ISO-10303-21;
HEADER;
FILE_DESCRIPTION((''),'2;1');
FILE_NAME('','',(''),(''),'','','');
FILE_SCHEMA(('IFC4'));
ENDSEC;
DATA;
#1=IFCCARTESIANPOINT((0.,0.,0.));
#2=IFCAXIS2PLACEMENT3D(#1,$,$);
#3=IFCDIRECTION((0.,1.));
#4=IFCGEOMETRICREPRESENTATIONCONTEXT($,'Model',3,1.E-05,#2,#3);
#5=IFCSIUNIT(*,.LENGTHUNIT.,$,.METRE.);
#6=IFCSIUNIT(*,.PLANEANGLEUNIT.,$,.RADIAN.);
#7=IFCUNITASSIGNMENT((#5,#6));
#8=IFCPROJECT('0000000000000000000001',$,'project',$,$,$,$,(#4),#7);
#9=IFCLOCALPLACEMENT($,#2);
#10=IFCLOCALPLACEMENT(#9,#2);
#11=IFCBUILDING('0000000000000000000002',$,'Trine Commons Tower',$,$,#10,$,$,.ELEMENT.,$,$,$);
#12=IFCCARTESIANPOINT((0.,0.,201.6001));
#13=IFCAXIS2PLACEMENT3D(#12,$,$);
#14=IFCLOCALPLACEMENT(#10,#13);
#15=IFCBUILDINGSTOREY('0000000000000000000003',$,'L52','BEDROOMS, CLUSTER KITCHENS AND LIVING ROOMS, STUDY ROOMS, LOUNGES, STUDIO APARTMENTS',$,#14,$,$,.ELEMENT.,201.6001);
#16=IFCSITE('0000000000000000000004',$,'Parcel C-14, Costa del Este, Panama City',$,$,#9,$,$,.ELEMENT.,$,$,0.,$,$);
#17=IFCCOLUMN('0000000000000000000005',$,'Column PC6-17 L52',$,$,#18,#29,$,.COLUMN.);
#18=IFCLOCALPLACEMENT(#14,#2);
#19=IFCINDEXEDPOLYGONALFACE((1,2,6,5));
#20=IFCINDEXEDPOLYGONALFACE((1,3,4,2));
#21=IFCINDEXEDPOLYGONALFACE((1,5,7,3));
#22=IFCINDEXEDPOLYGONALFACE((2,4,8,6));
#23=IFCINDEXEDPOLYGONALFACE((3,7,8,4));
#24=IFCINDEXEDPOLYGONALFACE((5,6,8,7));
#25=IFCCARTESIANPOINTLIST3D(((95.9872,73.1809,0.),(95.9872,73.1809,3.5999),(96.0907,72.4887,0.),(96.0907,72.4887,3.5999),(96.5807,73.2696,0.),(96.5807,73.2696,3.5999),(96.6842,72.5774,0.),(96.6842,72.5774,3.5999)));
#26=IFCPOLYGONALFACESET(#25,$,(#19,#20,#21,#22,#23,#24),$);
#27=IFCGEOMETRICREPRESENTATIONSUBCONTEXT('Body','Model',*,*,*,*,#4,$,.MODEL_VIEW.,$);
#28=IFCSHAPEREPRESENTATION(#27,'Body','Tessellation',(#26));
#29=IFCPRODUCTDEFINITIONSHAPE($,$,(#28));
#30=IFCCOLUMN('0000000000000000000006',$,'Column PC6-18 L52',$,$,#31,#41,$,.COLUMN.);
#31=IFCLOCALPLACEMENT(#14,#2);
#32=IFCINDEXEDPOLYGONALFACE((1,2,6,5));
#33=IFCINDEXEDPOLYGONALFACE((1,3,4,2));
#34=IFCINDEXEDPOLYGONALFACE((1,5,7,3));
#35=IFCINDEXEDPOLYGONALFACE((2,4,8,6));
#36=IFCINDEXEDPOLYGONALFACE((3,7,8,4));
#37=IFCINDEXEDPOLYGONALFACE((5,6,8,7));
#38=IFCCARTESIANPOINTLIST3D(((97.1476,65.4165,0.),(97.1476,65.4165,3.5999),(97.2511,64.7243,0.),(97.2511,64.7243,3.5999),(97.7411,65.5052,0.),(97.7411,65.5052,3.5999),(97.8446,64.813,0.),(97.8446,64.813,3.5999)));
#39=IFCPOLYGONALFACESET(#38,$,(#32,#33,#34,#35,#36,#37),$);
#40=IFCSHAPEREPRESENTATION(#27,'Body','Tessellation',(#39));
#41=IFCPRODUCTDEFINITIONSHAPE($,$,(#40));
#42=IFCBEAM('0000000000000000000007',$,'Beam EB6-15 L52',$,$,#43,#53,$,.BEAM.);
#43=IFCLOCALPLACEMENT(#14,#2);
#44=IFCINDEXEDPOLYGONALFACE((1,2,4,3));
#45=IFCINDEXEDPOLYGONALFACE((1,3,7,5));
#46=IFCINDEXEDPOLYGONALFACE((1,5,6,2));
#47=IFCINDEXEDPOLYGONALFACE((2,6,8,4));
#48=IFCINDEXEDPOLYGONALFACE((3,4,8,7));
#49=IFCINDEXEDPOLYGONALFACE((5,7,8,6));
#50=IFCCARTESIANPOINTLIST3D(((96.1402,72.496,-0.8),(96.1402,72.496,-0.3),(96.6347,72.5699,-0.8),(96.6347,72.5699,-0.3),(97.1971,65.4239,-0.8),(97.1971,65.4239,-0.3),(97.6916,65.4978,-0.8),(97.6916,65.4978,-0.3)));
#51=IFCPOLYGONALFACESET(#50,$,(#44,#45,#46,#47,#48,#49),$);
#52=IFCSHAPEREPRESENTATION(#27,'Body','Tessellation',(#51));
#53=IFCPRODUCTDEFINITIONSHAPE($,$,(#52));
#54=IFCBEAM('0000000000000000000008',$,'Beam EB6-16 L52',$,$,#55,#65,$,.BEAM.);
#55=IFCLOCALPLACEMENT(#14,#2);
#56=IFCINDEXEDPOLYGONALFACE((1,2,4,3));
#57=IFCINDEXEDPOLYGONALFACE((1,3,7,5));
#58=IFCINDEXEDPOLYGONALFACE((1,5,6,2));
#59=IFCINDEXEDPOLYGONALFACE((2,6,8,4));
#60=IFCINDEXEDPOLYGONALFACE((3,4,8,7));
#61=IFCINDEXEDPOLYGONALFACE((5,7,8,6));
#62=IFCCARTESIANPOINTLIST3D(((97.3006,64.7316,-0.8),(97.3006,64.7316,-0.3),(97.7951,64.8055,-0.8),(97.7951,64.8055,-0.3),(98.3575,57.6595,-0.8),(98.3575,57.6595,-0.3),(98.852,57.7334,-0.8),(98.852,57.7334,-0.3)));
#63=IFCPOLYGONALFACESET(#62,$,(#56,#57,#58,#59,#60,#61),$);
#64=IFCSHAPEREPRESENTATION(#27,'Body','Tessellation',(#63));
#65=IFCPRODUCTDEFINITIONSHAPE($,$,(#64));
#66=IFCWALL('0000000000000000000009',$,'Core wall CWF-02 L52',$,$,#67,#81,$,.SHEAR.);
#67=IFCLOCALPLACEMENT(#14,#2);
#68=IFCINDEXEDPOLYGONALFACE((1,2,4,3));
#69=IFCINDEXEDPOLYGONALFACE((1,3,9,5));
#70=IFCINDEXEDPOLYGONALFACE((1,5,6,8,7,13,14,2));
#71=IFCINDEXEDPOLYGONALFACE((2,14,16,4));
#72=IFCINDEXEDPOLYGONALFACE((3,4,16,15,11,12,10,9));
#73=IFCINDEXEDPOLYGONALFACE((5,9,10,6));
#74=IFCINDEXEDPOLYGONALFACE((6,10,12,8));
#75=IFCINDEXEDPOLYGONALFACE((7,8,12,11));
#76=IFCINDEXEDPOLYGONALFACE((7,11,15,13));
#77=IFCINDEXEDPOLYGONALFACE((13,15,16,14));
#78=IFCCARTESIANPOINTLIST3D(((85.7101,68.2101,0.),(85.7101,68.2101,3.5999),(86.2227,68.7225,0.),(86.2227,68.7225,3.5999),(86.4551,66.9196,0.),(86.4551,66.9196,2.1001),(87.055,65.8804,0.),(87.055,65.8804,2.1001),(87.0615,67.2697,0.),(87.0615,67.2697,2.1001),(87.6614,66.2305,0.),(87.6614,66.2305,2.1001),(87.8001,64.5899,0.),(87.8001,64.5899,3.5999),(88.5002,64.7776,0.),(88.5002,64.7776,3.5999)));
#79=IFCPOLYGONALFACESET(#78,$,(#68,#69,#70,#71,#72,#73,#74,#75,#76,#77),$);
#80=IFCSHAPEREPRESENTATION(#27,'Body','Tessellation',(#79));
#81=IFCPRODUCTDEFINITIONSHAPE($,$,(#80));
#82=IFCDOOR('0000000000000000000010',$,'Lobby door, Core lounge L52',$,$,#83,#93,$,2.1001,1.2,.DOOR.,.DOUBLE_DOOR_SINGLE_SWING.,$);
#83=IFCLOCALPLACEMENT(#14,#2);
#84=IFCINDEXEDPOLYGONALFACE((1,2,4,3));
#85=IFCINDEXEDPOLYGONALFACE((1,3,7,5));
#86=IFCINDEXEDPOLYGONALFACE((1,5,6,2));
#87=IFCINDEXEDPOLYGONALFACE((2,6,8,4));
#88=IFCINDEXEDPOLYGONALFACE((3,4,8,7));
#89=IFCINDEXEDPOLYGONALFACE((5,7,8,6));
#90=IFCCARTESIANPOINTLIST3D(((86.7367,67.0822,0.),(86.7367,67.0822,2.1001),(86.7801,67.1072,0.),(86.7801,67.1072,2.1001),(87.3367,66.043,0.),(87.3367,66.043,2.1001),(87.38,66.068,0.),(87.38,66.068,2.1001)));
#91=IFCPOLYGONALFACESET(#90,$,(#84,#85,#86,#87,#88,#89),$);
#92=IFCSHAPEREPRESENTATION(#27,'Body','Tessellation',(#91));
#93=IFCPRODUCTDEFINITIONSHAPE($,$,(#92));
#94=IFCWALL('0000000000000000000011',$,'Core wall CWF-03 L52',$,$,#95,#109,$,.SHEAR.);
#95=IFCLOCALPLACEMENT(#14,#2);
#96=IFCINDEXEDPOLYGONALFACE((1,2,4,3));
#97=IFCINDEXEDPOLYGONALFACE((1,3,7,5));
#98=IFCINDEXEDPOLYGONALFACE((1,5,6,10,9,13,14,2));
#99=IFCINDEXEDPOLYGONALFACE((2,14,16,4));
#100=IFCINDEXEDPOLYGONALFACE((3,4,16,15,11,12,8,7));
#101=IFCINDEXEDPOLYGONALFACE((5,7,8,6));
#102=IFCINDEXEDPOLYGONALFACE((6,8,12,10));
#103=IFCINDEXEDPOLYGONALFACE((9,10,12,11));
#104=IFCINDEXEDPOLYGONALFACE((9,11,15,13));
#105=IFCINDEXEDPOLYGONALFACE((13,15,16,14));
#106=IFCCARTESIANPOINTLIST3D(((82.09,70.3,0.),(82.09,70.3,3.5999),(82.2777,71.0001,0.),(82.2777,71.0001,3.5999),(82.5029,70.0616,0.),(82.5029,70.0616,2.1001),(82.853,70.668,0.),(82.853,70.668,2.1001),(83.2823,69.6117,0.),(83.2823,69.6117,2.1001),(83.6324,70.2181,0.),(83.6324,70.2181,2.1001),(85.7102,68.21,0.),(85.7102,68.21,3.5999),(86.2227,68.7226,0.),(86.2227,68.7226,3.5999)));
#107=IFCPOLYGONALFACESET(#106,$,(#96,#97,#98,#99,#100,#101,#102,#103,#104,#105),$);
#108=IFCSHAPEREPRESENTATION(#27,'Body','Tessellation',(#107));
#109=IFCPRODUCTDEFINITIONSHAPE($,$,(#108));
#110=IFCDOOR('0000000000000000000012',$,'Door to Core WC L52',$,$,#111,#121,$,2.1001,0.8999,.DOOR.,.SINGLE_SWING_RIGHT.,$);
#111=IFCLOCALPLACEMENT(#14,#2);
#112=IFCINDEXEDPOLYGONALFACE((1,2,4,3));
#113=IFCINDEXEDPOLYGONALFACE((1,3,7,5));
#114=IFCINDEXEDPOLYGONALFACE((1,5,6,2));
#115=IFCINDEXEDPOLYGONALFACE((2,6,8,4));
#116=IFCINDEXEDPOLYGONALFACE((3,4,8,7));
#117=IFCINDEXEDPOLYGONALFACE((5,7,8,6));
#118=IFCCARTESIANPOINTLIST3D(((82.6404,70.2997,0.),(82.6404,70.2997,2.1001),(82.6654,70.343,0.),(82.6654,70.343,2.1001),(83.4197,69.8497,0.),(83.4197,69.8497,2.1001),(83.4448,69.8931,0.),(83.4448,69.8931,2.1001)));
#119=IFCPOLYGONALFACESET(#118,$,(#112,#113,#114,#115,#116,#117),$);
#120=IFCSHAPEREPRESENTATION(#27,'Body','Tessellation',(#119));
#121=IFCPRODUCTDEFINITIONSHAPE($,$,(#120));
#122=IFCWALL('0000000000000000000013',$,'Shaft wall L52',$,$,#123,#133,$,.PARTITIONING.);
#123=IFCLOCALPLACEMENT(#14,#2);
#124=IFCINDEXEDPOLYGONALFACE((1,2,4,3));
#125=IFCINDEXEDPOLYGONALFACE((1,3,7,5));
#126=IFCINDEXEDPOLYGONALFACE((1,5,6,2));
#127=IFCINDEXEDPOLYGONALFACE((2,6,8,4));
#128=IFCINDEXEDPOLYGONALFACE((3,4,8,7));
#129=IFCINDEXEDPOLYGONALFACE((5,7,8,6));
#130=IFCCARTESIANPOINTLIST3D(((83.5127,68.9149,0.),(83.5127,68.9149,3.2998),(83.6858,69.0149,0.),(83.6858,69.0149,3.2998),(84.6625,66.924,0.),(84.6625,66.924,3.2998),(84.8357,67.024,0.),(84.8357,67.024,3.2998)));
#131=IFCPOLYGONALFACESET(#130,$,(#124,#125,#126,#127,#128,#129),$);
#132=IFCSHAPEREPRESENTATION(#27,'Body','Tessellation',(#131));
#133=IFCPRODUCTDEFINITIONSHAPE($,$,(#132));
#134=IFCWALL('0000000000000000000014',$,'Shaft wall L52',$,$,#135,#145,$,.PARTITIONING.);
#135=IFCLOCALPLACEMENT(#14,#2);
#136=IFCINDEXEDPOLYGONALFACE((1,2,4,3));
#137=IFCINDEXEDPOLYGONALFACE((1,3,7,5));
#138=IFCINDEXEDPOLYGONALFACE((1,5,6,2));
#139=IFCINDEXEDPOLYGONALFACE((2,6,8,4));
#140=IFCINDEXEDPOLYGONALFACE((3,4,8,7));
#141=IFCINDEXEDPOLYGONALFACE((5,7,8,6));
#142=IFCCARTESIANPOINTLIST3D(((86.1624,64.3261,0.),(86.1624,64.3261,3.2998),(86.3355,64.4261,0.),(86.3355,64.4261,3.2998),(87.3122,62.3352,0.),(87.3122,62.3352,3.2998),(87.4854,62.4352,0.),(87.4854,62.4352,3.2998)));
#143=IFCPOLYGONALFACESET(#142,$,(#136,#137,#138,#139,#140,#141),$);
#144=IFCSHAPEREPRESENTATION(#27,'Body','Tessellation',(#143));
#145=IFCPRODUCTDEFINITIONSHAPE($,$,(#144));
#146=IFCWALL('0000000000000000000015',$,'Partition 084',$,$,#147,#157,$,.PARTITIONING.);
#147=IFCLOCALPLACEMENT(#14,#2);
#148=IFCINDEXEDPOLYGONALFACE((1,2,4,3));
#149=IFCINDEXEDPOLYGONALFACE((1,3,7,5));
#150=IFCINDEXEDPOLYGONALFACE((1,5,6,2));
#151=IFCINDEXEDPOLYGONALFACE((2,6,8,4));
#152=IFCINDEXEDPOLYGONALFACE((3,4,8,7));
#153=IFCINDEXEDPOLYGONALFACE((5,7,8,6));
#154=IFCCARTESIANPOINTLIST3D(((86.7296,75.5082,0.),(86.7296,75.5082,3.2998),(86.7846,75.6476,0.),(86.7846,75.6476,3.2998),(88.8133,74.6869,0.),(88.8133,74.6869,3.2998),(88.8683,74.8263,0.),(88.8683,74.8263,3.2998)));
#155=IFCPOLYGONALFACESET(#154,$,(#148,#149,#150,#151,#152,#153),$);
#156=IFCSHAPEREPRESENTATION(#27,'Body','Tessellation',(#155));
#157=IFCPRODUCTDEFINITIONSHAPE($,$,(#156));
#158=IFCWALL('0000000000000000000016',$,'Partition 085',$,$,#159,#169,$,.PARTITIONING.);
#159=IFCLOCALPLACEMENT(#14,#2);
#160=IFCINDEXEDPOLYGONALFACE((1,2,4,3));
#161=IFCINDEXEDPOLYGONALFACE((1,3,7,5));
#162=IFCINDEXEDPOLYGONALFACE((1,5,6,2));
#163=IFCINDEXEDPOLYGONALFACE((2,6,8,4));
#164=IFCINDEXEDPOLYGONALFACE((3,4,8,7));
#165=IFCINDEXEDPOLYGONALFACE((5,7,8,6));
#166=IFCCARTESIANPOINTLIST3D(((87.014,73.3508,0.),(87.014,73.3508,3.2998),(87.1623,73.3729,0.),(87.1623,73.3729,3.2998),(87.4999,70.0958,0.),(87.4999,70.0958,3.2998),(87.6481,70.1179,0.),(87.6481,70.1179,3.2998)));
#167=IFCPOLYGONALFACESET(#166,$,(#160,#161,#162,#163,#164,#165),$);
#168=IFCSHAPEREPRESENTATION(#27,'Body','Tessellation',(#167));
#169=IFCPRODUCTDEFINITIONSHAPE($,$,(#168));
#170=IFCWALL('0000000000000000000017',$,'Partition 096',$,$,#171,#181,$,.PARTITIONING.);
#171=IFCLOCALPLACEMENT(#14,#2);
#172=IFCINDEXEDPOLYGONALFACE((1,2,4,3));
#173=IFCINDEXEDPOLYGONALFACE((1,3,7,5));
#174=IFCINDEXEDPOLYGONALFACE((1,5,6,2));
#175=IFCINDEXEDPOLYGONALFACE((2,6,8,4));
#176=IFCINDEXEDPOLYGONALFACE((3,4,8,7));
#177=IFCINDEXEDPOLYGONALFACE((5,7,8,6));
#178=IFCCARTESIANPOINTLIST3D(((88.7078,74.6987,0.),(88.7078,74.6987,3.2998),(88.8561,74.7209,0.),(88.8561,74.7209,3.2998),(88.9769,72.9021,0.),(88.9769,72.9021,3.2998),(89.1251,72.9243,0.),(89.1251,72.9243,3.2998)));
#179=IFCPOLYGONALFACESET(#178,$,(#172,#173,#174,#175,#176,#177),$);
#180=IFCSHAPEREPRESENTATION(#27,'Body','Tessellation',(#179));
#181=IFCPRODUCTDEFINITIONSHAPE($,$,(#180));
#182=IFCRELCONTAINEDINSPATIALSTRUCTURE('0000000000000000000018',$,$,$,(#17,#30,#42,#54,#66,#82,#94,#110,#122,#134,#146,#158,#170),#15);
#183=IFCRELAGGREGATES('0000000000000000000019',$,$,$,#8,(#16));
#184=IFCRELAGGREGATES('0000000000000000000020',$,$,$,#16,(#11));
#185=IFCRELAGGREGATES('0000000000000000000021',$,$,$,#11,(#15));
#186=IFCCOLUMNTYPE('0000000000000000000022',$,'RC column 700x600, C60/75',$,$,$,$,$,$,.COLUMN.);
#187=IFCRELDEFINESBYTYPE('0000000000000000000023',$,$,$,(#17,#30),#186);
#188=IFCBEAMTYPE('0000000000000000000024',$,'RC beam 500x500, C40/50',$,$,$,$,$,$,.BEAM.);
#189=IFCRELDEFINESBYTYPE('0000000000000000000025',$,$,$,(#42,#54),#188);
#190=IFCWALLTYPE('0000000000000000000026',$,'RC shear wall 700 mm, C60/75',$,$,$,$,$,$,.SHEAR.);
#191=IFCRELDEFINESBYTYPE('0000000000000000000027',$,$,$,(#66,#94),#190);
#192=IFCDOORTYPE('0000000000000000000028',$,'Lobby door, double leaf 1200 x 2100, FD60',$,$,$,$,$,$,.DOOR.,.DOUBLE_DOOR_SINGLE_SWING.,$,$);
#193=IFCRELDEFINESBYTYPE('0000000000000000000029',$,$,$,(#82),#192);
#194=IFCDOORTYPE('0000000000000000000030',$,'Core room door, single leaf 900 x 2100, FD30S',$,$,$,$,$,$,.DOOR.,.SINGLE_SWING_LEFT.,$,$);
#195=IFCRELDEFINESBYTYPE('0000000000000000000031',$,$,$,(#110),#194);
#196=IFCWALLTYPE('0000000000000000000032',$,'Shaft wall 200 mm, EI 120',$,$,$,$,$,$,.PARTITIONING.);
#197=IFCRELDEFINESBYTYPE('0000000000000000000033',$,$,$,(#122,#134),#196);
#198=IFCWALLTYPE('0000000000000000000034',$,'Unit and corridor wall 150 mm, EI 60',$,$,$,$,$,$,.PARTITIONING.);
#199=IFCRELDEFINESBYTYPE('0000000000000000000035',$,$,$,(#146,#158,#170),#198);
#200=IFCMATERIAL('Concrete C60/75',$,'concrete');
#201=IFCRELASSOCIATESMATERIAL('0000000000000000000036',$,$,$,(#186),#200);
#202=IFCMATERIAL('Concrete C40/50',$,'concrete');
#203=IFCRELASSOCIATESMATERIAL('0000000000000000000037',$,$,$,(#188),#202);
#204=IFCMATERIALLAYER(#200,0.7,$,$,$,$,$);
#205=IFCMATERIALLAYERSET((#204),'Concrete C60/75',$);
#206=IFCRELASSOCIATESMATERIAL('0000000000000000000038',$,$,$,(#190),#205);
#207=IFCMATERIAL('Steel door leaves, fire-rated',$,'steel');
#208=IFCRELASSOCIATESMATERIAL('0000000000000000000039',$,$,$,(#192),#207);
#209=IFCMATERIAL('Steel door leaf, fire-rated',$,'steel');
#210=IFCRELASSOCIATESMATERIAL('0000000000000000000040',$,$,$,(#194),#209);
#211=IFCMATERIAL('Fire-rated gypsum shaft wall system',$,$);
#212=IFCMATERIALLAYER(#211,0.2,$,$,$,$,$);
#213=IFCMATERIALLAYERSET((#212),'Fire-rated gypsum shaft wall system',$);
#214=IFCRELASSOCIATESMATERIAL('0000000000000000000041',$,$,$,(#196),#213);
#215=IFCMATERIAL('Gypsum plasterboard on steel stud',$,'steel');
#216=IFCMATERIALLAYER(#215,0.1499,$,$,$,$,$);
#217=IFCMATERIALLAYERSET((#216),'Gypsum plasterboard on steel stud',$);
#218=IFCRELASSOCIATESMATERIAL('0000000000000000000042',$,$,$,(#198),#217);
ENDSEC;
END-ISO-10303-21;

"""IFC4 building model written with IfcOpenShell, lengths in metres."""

from ifc_helpers import new_model, si_unit, direction, frame, frame_2d, origin, origin_2d, place, context, subcontext, project, spatial, polyline, rectangle, outline, extrude, material, layer, layer_set, material_profile, profile_set, type_object, element, fill, save


model = new_model("IFC4")

# Units and contexts
model_context = context("Model", 3, precision=1e-05, world=origin(), true_north=direction((0.0, 1.0)))
body_context = subcontext(model_context, "Body", "Model", "MODEL_VIEW")
ifc_project = project(units=[si_unit("LENGTHUNIT", "METRE"), si_unit("PLANEANGLEUNIT", "RADIAN")], contexts=[model_context])

# Site, building, storey
site_placement = place(None, origin())
site = spatial("IfcSite", under=ifc_project, at=site_placement, Name="Parcel C-14, Costa del Este, Panama City", CompositionType="ELEMENT", RefElevation=0.0)
building_placement = place(site_placement, origin())
building = spatial("IfcBuilding", under=site, at=building_placement, Name="Trine Commons Tower", CompositionType="ELEMENT")
storey_placement = place(building_placement, frame((0.0, 0.0, 201.6001)))
storey = spatial("IfcBuildingStorey", under=building, at=storey_placement, Name="L52", Description="BEDROOMS, CLUSTER KITCHENS AND LIVING ROOMS, STUDY ROOMS, LOUNGES, STUDIO APARTMENTS", CompositionType="ELEMENT", Elevation=201.6001)

# Columns
ifc_material_1 = material(Name="Concrete C60/75", Category="concrete")
ifc_material_profile_1 = material_profile(ifc_material_1, rectangle(XDim=0.7, YDim=0.6001, at=origin_2d()), Name="RC 700x600")
ifc_profile_set_1 = profile_set([ifc_material_profile_1], Name="Concrete C60/75")
column_type = type_object("IfcColumnType", Name="RC column 700x600, C60/75", PredefinedType="COLUMN", material=ifc_profile_set_1)
for number, where, z_axis, x_axis, name in (
    (1, (96.3357, 72.8792, 0.0), (0.0, 0.0, 1.0), (-0.147809, 0.989016, 0.0), "Column PC6-17 L52"),
    (2, (97.4961, 65.1147, 0.0), (0.0, 0.0, 1.0), (-0.147809, 0.989016, 0.0), "Column PC6-18 L52"),
):
    element("IfcColumn", number, at=place(storey_placement, frame(where, z_axis=z_axis, x_axis=x_axis)), inside=storey, type_object=column_type, Name=name, PredefinedType="COLUMN", context=body_context, shape_type="SweptSolid", body=[
        extrude(rectangle(XDim=0.7, YDim=0.6001, at=origin_2d()), origin(), (0.0, 0.0, 1.0), 3.5999),
    ])

# Beams
ifc_material_2 = material(Name="Concrete C40/50", Category="concrete")
ifc_material_profile_2 = material_profile(ifc_material_2, rectangle(XDim=0.5, YDim=0.5, at=origin_2d()), Name="RC 500x500")
ifc_profile_set_2 = profile_set([ifc_material_profile_2], Name="Concrete C40/50")
beam_type = type_object("IfcBeamType", Name="RC beam 500x500, C40/50", PredefinedType="BEAM", material=ifc_profile_set_2)
for number, where, z_axis, x_axis, name in (
    (3, (96.3875, 72.533, -0.55), (0.147804, -0.989017, 0.0), (0.989017, 0.147804, 0.0), "Beam EB6-15 L52"),
    (4, (97.5479, 64.7686, -0.55), (0.147804, -0.989017, 0.0), (0.989017, 0.147804, 0.0), "Beam EB6-16 L52"),
):
    element("IfcBeam", number, at=place(storey_placement, frame(where, z_axis=z_axis, x_axis=x_axis)), inside=storey, type_object=beam_type, Name=name, PredefinedType="BEAM", context=body_context, shape_type="SweptSolid", body=[
        extrude(rectangle(XDim=0.5, YDim=0.5, at=origin_2d()), origin(), (0.0, 0.0, 1.0), 7.1506),
    ])

# Walls, openings, doors
ifc_layer_1 = layer(ifc_material_1, 0.7)
ifc_layer_set_1 = layer_set([ifc_layer_1], Name="Concrete C60/75")
wall_type_1 = type_object("IfcWallType", Name="RC shear wall 700 mm, C60/75", PredefinedType="SHEAR", material=ifc_layer_set_1)
wall_1_placement = place(storey_placement, frame((88.197, 64.6025, 0.0), z_axis=(0.0, 0.0, 1.0), x_axis=(-0.499984, 0.866035, 0.0)))
wall_1 = element("IfcWall", 5, at=wall_1_placement, inside=storey, type_object=wall_type_1, Name="Core wall CWF-02 L52", PredefinedType="SHEAR", context=body_context, shape_type="SweptSolid", body=[
    extrude(outline(polyline([(0.0, -0.3501), (4.5552, -0.3501), (4.3677, 0.3501), (0.1875, 0.3501), (0.0, -0.3501)])), origin(), (0.0, 0.0, 1.0), 3.5999),
])
opening_1_placement = place(wall_1_placement, frame((1.6775, 0.0, 0.0)))
opening_1 = element("IfcOpeningElement", 6, at=opening_1_placement, cuts=wall_1, PredefinedType="OPENING", context=body_context, shape_type="SweptSolid", body=[
    extrude(rectangle(XDim=1.2, YDim=2.1001, at=frame_2d((0.6001, 1.05))), frame((0.0, 0.3599, 0.0), z_axis=(0.0, -1.0, 0.0), x_axis=(1.0, 0.0, 0.0)), (0.0, 0.0, 1.0), 0.72),
])
ifc_material_3 = material(Name="Steel door leaves, fire-rated", Category="steel")
door_type_1 = type_object("IfcDoorType", Name="Lobby door, double leaf 1200 x 2100, FD60", OperationType="DOUBLE_DOOR_SINGLE_SWING", PredefinedType="DOOR", material=ifc_material_3)
door_1_placement = place(opening_1_placement, origin())
door_1 = element("IfcDoor", 7, at=door_1_placement, inside=storey, type_object=door_type_1, Name="Lobby door, Core lounge L52", OperationType="DOUBLE_DOOR_SINGLE_SWING", OverallHeight=2.1001, OverallWidth=1.2, PredefinedType="DOOR", context=body_context, shape_type="SweptSolid", body=[
    extrude(rectangle(XDim=1.2, YDim=2.1001, at=frame_2d((0.6001, 1.05))), frame((0.0, 0.0249, 0.0), z_axis=(0.0, -1.0, 0.0), x_axis=(1.0, 0.0, 0.0)), (0.0, 0.0, 1.0), 0.05),
])
fill(opening_1, door_1)
wall_2_placement = place(storey_placement, frame((86.0476, 68.4194, 0.0), z_axis=(0.0, 0.0, 1.0), x_axis=(-0.866035, 0.499984, 0.0)))
wall_2 = element("IfcWall", 8, at=wall_2_placement, inside=storey, type_object=wall_type_1, Name="Core wall CWF-03 L52", PredefinedType="SHEAR", context=body_context, shape_type="SweptSolid", body=[
    extrude(outline(polyline([(0.0, -0.3501), (4.5552, -0.3501), (4.3677, 0.3501), (0.1875, 0.3501), (0.0, -0.3501)])), origin(), (0.0, 0.0, 1.0), 3.5999),
])
opening_2_placement = place(wall_2_placement, frame((2.991, 0.0, 0.0)))
opening_2 = element("IfcOpeningElement", 9, at=opening_2_placement, cuts=wall_2, PredefinedType="OPENING", context=body_context, shape_type="SweptSolid", body=[
    extrude(rectangle(XDim=0.8999, YDim=2.1001, at=frame_2d((0.45, 1.05))), frame((0.0, 0.3599, 0.0), z_axis=(0.0, -1.0, 0.0), x_axis=(1.0, 0.0, 0.0)), (0.0, 0.0, 1.0), 0.72),
])
ifc_material_4 = material(Name="Steel door leaf, fire-rated", Category="steel")
door_type_2 = type_object("IfcDoorType", Name="Core room door, single leaf 900 x 2100, FD30S", OperationType="SINGLE_SWING_LEFT", PredefinedType="DOOR", material=ifc_material_4)
door_2_placement = place(opening_2_placement, origin())
door_2 = element("IfcDoor", 10, at=door_2_placement, inside=storey, type_object=door_type_2, Name="Door to Core WC L52", OperationType="SINGLE_SWING_RIGHT", OverallHeight=2.1001, OverallWidth=0.8999, PredefinedType="DOOR", context=body_context, shape_type="SweptSolid", body=[
    extrude(rectangle(XDim=0.8999, YDim=2.1001, at=frame_2d((0.45, 1.05))), frame((0.0, 0.0752, 0.0), z_axis=(0.0, -1.0, 0.0), x_axis=(1.0, 0.0, 0.0)), (0.0, 0.0, 1.0), 0.05),
])
fill(opening_2, door_2)

# Walls
ifc_material_5 = material(Name="Fire-rated gypsum shaft wall system")
ifc_layer_2 = layer(ifc_material_5, 0.2)
ifc_layer_set_2 = layer_set([ifc_layer_2], Name="Fire-rated gypsum shaft wall system")
wall_type_2 = type_object("IfcWallType", Name="Shaft wall 200 mm, EI 120", PredefinedType="PARTITIONING", material=ifc_layer_set_2)
for number, where, z_axis, x_axis, name in (
    (11, (84.749, 66.9741, 0.0), (0.0, 0.0, 1.0), (-0.500136, 0.865947, 0.0), "Shaft wall L52"),
    (12, (86.249, 64.376, 0.0), (0.0, 0.0, 1.0), (0.500136, -0.865947, 0.0), "Shaft wall L52"),
):
    element("IfcWall", number, at=place(storey_placement, frame(where, z_axis=z_axis, x_axis=x_axis)), inside=storey, type_object=wall_type_2, Name=name, PredefinedType="PARTITIONING", context=body_context, shape_type="SweptSolid", body=[
        extrude(rectangle(XDim=2.2991, YDim=0.2, at=frame_2d((1.1494, 0.0))), origin(), (0.0, 0.0, 1.0), 3.2998),
    ])
ifc_material_6 = material(Name="Gypsum plasterboard on steel stud", Category="steel")
ifc_layer_3 = layer(ifc_material_6, 0.1499)
ifc_layer_set_3 = layer_set([ifc_layer_3], Name="Gypsum plasterboard on steel stud")
wall_type_3 = type_object("IfcWallType", Name="Unit and corridor wall 150 mm, EI 60", PredefinedType="PARTITIONING", material=ifc_layer_set_3)
wall_3_placement = place(storey_placement, frame((86.7571, 75.5779, 0.0), z_axis=(0.0, 0.0, 1.0), x_axis=(0.930344, -0.366687, 0.0)))
element("IfcWall", 13, at=wall_3_placement, inside=storey, type_object=wall_type_3, Name="Partition 084", PredefinedType="PARTITIONING", context=body_context, shape_type="SweptSolid", body=[
    extrude(rectangle(XDim=2.2397, YDim=0.1499, at=frame_2d((1.1199, 0.0))), origin(), (0.0, 0.0, 1.0), 3.2998),
])
wall_4_placement = place(storey_placement, frame((87.0881, 73.3618, 0.0), z_axis=(0.0, 0.0, 1.0), x_axis=(0.147629, -0.989043, 0.0)))
element("IfcWall", 14, at=wall_4_placement, inside=storey, type_object=wall_type_3, Name="Partition 085", PredefinedType="PARTITIONING", context=body_context, shape_type="SweptSolid", body=[
    extrude(rectangle(XDim=3.291, YDim=0.1499, at=frame_2d((1.6455, 0.0))), origin(), (0.0, 0.0, 1.0), 3.2998),
])
wall_5_placement = place(storey_placement, frame((88.782, 74.7097, 0.0), z_axis=(0.0, 0.0, 1.0), x_axis=(0.148097, -0.988973, 0.0)))
element("IfcWall", 15, at=wall_5_placement, inside=storey, type_object=wall_type_3, Name="Partition 096", PredefinedType="PARTITIONING", context=body_context, shape_type="SweptSolid", body=[
    extrude(rectangle(XDim=1.8167, YDim=0.1499, at=frame_2d((0.9082, 0.0))), origin(), (0.0, 0.0, 1.0), 3.2998),
])

save(model, "model.ifc")
